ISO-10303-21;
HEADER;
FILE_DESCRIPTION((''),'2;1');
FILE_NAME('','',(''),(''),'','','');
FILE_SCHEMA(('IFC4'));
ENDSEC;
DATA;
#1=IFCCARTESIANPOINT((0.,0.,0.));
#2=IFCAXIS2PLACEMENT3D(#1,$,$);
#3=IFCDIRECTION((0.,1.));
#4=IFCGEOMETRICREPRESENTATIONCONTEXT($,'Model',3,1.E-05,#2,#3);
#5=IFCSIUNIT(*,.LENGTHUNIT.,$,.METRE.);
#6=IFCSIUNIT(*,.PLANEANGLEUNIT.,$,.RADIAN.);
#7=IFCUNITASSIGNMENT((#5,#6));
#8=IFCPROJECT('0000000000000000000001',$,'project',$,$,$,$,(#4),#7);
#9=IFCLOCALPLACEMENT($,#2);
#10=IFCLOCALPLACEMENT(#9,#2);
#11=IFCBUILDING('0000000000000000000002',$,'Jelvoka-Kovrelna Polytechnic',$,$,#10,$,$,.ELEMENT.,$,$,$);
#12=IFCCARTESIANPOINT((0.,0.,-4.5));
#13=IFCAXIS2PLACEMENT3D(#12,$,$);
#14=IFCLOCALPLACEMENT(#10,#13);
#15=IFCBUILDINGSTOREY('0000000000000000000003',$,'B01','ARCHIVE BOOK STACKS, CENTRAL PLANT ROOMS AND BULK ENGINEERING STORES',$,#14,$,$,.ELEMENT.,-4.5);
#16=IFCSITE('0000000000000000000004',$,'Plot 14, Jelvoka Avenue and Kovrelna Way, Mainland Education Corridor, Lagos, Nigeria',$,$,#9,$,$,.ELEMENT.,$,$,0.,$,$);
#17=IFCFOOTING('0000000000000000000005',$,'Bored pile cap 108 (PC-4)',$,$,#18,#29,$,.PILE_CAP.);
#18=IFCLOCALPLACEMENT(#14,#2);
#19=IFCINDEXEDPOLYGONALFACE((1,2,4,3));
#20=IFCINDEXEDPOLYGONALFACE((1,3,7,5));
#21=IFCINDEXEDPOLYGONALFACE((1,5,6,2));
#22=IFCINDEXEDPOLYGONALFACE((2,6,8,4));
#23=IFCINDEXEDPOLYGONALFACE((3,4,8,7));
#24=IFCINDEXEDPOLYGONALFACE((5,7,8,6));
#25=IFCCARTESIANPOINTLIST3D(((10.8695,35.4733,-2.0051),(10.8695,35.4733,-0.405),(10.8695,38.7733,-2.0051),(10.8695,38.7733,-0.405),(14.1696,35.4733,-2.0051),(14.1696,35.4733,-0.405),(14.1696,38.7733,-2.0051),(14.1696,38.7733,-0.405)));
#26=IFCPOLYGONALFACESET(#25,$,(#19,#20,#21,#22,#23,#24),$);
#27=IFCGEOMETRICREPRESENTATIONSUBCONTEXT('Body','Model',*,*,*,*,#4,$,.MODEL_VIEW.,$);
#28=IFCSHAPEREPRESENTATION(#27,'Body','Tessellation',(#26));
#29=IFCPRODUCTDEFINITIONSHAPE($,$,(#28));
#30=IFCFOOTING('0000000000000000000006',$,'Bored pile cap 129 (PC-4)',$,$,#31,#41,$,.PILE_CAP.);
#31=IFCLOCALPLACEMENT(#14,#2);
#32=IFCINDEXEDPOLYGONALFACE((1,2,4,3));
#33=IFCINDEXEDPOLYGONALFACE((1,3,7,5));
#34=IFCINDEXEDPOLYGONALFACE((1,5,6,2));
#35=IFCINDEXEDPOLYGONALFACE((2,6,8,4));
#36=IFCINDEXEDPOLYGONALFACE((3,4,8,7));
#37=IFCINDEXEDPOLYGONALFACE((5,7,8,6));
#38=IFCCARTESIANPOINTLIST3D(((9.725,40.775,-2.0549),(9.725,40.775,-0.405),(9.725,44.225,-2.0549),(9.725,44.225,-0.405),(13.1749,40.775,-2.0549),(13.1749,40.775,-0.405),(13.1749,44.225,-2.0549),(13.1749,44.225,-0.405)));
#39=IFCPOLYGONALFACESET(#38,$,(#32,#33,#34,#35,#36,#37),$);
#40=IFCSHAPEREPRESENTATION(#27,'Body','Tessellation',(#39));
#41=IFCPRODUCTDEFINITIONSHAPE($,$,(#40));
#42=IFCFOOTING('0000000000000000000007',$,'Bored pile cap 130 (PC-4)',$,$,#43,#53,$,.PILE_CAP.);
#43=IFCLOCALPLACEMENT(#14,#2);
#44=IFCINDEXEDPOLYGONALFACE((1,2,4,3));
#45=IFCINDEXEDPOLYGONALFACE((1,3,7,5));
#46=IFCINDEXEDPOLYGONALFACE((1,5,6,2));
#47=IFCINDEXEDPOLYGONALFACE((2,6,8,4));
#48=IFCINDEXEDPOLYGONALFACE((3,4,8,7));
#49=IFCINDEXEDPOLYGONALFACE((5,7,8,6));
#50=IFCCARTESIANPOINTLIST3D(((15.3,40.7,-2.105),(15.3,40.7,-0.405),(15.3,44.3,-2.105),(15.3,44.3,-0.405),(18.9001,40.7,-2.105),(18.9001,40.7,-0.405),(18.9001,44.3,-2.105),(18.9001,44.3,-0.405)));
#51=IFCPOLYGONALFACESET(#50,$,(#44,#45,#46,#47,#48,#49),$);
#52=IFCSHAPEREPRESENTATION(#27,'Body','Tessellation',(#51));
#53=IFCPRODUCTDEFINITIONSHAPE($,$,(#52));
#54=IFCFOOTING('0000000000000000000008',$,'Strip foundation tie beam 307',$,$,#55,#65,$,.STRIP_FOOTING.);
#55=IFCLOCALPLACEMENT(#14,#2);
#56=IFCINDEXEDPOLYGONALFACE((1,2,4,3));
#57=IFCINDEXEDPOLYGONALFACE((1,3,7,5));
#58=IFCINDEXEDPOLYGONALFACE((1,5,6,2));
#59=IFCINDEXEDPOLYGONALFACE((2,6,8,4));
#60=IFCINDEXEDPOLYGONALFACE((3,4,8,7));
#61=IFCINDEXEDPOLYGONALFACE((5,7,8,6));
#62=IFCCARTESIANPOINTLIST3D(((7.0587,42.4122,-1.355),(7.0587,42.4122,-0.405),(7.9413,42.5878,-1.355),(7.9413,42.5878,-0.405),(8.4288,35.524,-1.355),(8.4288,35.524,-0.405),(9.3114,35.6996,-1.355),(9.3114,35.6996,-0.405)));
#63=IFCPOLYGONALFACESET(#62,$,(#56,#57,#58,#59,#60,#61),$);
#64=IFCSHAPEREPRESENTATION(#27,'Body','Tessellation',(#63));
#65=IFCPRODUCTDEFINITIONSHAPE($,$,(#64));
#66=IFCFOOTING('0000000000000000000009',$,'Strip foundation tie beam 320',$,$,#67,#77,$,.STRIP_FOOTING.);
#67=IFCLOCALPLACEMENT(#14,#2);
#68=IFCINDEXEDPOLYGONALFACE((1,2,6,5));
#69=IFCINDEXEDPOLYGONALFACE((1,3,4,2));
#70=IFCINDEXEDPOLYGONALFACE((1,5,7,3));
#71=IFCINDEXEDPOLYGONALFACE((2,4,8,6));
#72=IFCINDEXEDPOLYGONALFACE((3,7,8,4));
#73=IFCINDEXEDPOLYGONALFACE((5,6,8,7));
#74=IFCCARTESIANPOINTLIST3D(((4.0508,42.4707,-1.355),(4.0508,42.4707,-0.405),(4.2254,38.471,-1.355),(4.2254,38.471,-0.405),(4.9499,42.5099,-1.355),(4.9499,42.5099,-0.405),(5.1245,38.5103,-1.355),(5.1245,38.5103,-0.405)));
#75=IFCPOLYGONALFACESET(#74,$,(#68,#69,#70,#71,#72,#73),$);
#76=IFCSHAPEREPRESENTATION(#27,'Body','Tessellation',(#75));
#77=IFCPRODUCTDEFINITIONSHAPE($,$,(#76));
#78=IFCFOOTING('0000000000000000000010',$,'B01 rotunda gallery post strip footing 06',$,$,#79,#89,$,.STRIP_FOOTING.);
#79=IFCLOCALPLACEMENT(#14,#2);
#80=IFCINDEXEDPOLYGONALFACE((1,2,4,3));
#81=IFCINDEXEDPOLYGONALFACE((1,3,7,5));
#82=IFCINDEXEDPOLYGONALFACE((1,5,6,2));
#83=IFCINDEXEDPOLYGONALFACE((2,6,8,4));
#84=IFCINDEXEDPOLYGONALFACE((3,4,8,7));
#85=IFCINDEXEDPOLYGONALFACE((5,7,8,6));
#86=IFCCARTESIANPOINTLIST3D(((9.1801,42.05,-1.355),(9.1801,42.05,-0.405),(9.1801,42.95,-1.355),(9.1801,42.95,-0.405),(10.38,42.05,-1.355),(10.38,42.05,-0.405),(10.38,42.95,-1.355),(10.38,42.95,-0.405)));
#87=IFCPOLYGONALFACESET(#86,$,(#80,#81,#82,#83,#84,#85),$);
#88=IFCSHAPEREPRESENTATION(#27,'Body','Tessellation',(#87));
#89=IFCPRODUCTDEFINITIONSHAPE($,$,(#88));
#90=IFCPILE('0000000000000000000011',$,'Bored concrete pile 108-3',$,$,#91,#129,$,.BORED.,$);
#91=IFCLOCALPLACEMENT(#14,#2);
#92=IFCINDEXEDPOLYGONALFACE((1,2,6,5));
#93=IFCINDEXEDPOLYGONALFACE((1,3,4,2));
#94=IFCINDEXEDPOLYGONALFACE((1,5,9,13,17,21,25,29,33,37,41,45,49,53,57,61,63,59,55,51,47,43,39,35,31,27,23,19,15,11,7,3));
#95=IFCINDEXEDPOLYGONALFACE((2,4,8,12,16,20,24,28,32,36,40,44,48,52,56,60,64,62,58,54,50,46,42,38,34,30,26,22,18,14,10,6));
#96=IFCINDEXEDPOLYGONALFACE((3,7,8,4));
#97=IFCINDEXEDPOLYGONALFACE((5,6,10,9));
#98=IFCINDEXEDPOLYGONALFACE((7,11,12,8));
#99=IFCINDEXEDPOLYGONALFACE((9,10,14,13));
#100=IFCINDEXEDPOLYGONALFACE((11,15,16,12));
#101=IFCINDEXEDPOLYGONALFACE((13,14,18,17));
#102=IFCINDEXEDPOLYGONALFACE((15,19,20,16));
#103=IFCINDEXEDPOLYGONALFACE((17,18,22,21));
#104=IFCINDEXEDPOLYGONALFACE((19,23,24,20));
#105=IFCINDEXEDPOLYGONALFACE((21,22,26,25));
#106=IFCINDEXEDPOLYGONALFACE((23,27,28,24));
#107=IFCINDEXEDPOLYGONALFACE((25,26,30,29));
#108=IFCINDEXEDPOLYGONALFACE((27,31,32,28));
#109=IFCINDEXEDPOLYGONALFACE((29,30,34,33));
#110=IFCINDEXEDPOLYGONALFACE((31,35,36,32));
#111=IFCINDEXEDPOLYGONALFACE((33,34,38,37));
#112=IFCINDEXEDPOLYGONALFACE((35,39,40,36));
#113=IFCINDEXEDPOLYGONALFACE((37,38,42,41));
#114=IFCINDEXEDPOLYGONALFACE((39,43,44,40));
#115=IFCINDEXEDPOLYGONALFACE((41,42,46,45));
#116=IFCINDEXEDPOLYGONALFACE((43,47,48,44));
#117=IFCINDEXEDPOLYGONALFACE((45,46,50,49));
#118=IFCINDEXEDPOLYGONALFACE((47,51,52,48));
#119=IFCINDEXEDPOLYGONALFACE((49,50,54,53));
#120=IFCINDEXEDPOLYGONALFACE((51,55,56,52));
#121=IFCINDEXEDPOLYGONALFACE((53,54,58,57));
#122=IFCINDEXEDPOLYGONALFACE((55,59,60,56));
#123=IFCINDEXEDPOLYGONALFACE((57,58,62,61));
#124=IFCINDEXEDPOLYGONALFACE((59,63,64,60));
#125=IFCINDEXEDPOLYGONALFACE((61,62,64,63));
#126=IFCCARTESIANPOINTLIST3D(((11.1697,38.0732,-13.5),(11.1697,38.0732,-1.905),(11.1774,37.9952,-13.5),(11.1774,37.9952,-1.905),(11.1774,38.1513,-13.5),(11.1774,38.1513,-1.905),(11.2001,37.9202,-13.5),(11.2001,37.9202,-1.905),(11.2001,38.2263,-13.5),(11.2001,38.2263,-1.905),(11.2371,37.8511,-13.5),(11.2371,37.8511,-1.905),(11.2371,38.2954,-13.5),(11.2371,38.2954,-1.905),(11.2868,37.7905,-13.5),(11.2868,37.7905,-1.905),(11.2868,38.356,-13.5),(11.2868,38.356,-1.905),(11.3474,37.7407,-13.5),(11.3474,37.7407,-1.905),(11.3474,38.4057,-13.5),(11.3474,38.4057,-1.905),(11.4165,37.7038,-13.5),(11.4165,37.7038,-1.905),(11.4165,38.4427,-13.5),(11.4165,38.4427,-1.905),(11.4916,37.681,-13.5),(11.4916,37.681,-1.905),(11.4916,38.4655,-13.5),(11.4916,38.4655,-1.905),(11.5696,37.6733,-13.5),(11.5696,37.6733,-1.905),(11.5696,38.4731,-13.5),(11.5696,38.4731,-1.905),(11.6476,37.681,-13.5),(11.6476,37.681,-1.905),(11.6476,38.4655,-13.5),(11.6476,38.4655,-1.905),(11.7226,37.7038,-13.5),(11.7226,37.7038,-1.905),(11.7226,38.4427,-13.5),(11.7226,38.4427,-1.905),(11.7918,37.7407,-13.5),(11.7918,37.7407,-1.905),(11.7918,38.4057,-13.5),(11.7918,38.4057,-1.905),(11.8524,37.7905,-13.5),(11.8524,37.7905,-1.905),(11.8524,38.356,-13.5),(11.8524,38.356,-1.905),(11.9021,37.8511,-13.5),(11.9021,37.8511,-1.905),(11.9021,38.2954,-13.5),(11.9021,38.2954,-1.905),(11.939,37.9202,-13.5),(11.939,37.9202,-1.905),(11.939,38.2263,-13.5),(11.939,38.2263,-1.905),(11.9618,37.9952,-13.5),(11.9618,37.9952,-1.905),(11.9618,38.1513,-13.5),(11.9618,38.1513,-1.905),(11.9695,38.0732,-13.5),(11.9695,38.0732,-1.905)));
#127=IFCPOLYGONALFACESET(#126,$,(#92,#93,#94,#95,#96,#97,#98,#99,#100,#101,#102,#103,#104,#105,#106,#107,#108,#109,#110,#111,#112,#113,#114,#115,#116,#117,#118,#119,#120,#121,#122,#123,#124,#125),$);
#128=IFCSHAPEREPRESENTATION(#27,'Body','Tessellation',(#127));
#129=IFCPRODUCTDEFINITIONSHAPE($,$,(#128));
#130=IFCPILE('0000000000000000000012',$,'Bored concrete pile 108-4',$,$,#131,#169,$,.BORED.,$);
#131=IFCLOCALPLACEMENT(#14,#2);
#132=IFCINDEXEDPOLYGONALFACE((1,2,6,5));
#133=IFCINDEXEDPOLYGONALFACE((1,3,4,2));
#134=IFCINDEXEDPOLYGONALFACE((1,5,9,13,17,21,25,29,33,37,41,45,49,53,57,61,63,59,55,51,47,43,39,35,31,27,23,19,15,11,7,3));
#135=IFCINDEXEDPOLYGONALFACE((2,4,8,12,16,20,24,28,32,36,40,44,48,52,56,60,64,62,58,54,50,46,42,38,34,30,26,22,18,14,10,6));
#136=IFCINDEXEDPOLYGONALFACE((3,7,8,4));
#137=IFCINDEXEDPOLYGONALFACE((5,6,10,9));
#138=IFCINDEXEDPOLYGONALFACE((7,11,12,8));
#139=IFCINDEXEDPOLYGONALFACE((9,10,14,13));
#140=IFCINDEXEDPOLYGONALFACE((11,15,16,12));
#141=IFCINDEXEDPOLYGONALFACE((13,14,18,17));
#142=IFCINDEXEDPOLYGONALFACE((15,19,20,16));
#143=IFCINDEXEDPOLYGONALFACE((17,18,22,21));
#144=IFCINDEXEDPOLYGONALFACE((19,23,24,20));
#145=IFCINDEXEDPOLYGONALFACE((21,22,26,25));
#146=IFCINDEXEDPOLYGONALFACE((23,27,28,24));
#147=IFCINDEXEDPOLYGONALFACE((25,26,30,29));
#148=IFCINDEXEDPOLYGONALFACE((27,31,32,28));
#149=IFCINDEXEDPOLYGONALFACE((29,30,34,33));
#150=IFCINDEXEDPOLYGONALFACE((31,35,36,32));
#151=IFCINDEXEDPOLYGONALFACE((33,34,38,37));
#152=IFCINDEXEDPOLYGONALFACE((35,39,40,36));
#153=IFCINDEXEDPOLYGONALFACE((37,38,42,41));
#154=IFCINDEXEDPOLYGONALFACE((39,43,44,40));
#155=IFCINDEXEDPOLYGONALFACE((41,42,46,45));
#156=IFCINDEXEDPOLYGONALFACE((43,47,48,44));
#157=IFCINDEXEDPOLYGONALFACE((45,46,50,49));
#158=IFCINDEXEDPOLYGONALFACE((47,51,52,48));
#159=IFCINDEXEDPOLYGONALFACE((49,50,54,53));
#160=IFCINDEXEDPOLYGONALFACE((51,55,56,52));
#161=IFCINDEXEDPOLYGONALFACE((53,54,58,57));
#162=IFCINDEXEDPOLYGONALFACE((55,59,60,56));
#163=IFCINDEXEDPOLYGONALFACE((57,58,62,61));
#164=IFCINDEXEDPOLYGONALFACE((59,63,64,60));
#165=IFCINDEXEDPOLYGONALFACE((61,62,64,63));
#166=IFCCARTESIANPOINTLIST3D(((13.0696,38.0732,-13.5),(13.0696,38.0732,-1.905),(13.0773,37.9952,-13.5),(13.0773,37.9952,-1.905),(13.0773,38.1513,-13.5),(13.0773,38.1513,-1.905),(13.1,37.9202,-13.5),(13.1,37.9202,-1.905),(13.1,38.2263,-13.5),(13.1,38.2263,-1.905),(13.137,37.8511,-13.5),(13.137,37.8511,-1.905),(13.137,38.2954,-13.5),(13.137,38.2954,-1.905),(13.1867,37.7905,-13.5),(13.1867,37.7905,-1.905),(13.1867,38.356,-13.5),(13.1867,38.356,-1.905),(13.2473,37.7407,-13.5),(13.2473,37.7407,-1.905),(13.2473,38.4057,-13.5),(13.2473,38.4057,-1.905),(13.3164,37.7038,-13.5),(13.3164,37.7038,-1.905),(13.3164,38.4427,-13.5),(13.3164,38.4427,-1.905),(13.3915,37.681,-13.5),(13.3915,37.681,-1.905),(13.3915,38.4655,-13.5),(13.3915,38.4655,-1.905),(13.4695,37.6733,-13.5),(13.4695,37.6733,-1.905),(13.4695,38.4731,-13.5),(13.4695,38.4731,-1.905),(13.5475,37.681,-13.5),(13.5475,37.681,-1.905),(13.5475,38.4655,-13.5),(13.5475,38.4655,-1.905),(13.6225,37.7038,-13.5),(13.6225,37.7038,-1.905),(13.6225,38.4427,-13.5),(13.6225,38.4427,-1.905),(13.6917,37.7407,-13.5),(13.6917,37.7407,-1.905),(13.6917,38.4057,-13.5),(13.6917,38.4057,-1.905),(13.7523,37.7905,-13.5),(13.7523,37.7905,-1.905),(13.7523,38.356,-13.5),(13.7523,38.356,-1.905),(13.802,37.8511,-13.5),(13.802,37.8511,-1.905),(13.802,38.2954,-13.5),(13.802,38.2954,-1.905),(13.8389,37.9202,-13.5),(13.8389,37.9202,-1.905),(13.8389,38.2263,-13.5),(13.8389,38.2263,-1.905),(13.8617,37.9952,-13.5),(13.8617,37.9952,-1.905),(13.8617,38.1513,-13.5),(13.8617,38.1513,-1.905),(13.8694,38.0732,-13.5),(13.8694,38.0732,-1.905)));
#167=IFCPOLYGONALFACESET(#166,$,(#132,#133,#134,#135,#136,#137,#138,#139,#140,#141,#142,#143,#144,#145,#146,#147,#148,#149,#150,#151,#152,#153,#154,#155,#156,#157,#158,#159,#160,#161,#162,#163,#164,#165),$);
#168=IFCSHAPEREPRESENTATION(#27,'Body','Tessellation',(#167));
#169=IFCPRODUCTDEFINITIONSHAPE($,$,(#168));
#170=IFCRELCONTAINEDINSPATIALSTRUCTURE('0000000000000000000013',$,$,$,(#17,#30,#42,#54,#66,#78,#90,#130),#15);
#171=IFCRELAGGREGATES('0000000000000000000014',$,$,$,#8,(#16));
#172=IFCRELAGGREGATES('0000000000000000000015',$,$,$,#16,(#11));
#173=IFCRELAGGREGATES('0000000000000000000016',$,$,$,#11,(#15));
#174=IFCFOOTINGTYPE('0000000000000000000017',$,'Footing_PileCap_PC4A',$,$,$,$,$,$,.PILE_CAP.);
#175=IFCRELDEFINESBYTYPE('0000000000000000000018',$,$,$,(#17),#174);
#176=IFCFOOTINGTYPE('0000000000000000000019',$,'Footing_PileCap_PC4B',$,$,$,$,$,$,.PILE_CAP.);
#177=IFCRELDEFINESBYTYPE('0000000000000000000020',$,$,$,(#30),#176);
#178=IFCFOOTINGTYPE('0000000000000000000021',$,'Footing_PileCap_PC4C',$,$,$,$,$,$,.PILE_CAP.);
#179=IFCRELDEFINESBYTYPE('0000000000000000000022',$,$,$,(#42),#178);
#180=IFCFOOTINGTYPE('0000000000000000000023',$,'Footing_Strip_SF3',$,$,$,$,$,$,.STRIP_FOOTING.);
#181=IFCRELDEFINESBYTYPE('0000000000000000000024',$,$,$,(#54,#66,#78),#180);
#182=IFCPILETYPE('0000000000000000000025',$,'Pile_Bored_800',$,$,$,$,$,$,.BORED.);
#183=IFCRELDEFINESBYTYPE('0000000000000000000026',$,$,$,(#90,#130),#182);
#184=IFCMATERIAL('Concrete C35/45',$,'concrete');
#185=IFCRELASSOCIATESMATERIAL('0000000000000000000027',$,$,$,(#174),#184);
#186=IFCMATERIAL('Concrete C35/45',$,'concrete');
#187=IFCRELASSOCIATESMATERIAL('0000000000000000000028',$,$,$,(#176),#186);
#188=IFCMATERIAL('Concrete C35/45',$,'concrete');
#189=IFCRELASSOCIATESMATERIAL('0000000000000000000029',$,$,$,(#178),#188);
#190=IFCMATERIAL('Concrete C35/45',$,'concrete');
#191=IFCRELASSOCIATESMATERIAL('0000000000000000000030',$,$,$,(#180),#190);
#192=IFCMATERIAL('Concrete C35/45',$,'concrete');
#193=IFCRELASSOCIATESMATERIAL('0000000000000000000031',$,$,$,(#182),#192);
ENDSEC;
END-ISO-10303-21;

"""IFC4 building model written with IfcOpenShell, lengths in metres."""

from ifc_helpers import new_model, si_unit, direction, frame, origin, origin_2d, place, context, subcontext, project, spatial, rectangle, circle, extrude, material, material_profile, profile_set, type_object, element, save


model = new_model("IFC4")

# Units and contexts
model_context = context("Model", 3, precision=1e-05, world=origin(), true_north=direction((0.0, 1.0)))
body_context = subcontext(model_context, "Body", "Model", "MODEL_VIEW")
ifc_project = project(units=[si_unit("LENGTHUNIT", "METRE"), si_unit("PLANEANGLEUNIT", "RADIAN")], contexts=[model_context])

# Site, building, storey
site_placement = place(None, origin())
site = spatial("IfcSite", under=ifc_project, at=site_placement, Name="Plot 14, Jelvoka Avenue and Kovrelna Way, Mainland Education Corridor, Lagos, Nigeria", CompositionType="ELEMENT", RefElevation=0.0)
building_placement = place(site_placement, origin())
building = spatial("IfcBuilding", under=site, at=building_placement, Name="Jelvoka-Kovrelna Polytechnic", CompositionType="ELEMENT")
storey_placement = place(building_placement, frame((0.0, 0.0, -4.5)))
storey = spatial("IfcBuildingStorey", under=building, at=storey_placement, Name="B01", Description="ARCHIVE BOOK STACKS, CENTRAL PLANT ROOMS AND BULK ENGINEERING STORES", CompositionType="ELEMENT", Elevation=-4.5)

# Footings
ifc_material_1 = material(Name="Concrete C35/45", Category="concrete")
footing_type_1 = type_object("IfcFootingType", Name="Footing_PileCap_PC4A", PredefinedType="PILE_CAP", material=ifc_material_1)
footing_1_placement = place(storey_placement, frame((12.5195, 37.1233, -2.0051), z_axis=(0.0, 0.0, 1.0), x_axis=(1.0, 0.0, 0.0)))
element("IfcFooting", 1, at=footing_1_placement, inside=storey, type_object=footing_type_1, Name="Bored pile cap 108 (PC-4)", PredefinedType="PILE_CAP", context=body_context, shape_type="SweptSolid", body=[
    extrude(rectangle(XDim=3.3, YDim=3.3, at=origin_2d()), origin(), (0.0, 0.0, 1.0), 1.6001),
])
ifc_material_2 = material(Name="Concrete C35/45", Category="concrete")
footing_type_2 = type_object("IfcFootingType", Name="Footing_PileCap_PC4B", PredefinedType="PILE_CAP", material=ifc_material_2)
footing_2_placement = place(storey_placement, frame((11.45, 42.5, -2.0549), z_axis=(0.0, 0.0, 1.0), x_axis=(1.0, 0.0, 0.0)))
element("IfcFooting", 2, at=footing_2_placement, inside=storey, type_object=footing_type_2, Name="Bored pile cap 129 (PC-4)", PredefinedType="PILE_CAP", context=body_context, shape_type="SweptSolid", body=[
    extrude(rectangle(XDim=3.45, YDim=3.45, at=origin_2d()), origin(), (0.0, 0.0, 1.0), 1.6499),
])
ifc_material_3 = material(Name="Concrete C35/45", Category="concrete")
footing_type_3 = type_object("IfcFootingType", Name="Footing_PileCap_PC4C", PredefinedType="PILE_CAP", material=ifc_material_3)
footing_3_placement = place(storey_placement, frame((17.1001, 42.5, -2.105), z_axis=(0.0, 0.0, 1.0), x_axis=(1.0, 0.0, 0.0)))
element("IfcFooting", 3, at=footing_3_placement, inside=storey, type_object=footing_type_3, Name="Bored pile cap 130 (PC-4)", PredefinedType="PILE_CAP", context=body_context, shape_type="SweptSolid", body=[
    extrude(rectangle(XDim=3.6001, YDim=3.6001, at=origin_2d()), origin(), (0.0, 0.0, 1.0), 1.7),
])
ifc_material_4 = material(Name="Concrete C35/45", Category="concrete")
footing_type_4 = type_object("IfcFootingType", Name="Footing_Strip_SF3", PredefinedType="STRIP_FOOTING", material=ifc_material_4)
footing_4_placement = place(storey_placement, frame((8.1851, 39.0559, -1.355), z_axis=(0.0, 0.0, 1.0), x_axis=(-0.19509, 0.980785, 0.0)))
element("IfcFooting", 4, at=footing_4_placement, inside=storey, type_object=footing_type_4, Name="Strip foundation tie beam 307", PredefinedType="STRIP_FOOTING", context=body_context, shape_type="SweptSolid", body=[
    extrude(rectangle(XDim=7.0232, YDim=0.8999, at=origin_2d()), origin(), (0.0, 0.0, 1.0), 0.95),
])
footing_5_placement = place(storey_placement, frame((4.5876, 40.4905, -1.355), z_axis=(0.0, 0.0, 1.0), x_axis=(-0.043619, 0.999048, 0.0)))
element("IfcFooting", 5, at=footing_5_placement, inside=storey, type_object=footing_type_4, Name="Strip foundation tie beam 320", PredefinedType="STRIP_FOOTING", context=body_context, shape_type="SweptSolid", body=[
    extrude(rectangle(XDim=4.0034, YDim=0.8999, at=origin_2d()), origin(), (0.0, 0.0, 1.0), 0.95),
])
footing_6_placement = place(storey_placement, frame((9.78, 42.5, -1.355), z_axis=(0.0, 0.0, 1.0), x_axis=(1.0, 0.0, 0.0)))
element("IfcFooting", 6, at=footing_6_placement, inside=storey, type_object=footing_type_4, Name="B01 rotunda gallery post strip footing 06", PredefinedType="STRIP_FOOTING", context=body_context, shape_type="SweptSolid", body=[
    extrude(rectangle(XDim=1.2, YDim=0.8999, at=origin_2d()), origin(), (0.0, 0.0, 1.0), 0.95),
])

# Piles
ifc_material_5 = material(Name="Concrete C35/45", Category="concrete")
ifc_material_profile_1 = material_profile(ifc_material_5, circle(Radius=0.3999, at=origin_2d()), Name="PILE D800")
ifc_profile_set_1 = profile_set([ifc_material_profile_1], Name="Concrete C35/45")
pile_type = type_object("IfcPileType", Name="Pile_Bored_800", PredefinedType="BORED", material=ifc_profile_set_1)
for number, where, z_axis, x_axis, name in (
    (7, (11.5696, 38.0732, -1.905), (0.0, 0.0, -1.0), (1.0, 0.0, 0.0), "Bored concrete pile 108-3"),
    (8, (13.4695, 38.0732, -1.905), (0.0, 0.0, -1.0), (1.0, 0.0, 0.0), "Bored concrete pile 108-4"),
):
    element("IfcPile", number, at=place(storey_placement, frame(where, z_axis=z_axis, x_axis=x_axis)), inside=storey, type_object=pile_type, Name=name, PredefinedType="BORED", context=body_context, shape_type="SweptSolid", body=[
        extrude(circle(Radius=0.3999, at=origin_2d()), origin(), (0.0, 0.0, 1.0), 11.595),
    ])

save(model, "model.ifc")
